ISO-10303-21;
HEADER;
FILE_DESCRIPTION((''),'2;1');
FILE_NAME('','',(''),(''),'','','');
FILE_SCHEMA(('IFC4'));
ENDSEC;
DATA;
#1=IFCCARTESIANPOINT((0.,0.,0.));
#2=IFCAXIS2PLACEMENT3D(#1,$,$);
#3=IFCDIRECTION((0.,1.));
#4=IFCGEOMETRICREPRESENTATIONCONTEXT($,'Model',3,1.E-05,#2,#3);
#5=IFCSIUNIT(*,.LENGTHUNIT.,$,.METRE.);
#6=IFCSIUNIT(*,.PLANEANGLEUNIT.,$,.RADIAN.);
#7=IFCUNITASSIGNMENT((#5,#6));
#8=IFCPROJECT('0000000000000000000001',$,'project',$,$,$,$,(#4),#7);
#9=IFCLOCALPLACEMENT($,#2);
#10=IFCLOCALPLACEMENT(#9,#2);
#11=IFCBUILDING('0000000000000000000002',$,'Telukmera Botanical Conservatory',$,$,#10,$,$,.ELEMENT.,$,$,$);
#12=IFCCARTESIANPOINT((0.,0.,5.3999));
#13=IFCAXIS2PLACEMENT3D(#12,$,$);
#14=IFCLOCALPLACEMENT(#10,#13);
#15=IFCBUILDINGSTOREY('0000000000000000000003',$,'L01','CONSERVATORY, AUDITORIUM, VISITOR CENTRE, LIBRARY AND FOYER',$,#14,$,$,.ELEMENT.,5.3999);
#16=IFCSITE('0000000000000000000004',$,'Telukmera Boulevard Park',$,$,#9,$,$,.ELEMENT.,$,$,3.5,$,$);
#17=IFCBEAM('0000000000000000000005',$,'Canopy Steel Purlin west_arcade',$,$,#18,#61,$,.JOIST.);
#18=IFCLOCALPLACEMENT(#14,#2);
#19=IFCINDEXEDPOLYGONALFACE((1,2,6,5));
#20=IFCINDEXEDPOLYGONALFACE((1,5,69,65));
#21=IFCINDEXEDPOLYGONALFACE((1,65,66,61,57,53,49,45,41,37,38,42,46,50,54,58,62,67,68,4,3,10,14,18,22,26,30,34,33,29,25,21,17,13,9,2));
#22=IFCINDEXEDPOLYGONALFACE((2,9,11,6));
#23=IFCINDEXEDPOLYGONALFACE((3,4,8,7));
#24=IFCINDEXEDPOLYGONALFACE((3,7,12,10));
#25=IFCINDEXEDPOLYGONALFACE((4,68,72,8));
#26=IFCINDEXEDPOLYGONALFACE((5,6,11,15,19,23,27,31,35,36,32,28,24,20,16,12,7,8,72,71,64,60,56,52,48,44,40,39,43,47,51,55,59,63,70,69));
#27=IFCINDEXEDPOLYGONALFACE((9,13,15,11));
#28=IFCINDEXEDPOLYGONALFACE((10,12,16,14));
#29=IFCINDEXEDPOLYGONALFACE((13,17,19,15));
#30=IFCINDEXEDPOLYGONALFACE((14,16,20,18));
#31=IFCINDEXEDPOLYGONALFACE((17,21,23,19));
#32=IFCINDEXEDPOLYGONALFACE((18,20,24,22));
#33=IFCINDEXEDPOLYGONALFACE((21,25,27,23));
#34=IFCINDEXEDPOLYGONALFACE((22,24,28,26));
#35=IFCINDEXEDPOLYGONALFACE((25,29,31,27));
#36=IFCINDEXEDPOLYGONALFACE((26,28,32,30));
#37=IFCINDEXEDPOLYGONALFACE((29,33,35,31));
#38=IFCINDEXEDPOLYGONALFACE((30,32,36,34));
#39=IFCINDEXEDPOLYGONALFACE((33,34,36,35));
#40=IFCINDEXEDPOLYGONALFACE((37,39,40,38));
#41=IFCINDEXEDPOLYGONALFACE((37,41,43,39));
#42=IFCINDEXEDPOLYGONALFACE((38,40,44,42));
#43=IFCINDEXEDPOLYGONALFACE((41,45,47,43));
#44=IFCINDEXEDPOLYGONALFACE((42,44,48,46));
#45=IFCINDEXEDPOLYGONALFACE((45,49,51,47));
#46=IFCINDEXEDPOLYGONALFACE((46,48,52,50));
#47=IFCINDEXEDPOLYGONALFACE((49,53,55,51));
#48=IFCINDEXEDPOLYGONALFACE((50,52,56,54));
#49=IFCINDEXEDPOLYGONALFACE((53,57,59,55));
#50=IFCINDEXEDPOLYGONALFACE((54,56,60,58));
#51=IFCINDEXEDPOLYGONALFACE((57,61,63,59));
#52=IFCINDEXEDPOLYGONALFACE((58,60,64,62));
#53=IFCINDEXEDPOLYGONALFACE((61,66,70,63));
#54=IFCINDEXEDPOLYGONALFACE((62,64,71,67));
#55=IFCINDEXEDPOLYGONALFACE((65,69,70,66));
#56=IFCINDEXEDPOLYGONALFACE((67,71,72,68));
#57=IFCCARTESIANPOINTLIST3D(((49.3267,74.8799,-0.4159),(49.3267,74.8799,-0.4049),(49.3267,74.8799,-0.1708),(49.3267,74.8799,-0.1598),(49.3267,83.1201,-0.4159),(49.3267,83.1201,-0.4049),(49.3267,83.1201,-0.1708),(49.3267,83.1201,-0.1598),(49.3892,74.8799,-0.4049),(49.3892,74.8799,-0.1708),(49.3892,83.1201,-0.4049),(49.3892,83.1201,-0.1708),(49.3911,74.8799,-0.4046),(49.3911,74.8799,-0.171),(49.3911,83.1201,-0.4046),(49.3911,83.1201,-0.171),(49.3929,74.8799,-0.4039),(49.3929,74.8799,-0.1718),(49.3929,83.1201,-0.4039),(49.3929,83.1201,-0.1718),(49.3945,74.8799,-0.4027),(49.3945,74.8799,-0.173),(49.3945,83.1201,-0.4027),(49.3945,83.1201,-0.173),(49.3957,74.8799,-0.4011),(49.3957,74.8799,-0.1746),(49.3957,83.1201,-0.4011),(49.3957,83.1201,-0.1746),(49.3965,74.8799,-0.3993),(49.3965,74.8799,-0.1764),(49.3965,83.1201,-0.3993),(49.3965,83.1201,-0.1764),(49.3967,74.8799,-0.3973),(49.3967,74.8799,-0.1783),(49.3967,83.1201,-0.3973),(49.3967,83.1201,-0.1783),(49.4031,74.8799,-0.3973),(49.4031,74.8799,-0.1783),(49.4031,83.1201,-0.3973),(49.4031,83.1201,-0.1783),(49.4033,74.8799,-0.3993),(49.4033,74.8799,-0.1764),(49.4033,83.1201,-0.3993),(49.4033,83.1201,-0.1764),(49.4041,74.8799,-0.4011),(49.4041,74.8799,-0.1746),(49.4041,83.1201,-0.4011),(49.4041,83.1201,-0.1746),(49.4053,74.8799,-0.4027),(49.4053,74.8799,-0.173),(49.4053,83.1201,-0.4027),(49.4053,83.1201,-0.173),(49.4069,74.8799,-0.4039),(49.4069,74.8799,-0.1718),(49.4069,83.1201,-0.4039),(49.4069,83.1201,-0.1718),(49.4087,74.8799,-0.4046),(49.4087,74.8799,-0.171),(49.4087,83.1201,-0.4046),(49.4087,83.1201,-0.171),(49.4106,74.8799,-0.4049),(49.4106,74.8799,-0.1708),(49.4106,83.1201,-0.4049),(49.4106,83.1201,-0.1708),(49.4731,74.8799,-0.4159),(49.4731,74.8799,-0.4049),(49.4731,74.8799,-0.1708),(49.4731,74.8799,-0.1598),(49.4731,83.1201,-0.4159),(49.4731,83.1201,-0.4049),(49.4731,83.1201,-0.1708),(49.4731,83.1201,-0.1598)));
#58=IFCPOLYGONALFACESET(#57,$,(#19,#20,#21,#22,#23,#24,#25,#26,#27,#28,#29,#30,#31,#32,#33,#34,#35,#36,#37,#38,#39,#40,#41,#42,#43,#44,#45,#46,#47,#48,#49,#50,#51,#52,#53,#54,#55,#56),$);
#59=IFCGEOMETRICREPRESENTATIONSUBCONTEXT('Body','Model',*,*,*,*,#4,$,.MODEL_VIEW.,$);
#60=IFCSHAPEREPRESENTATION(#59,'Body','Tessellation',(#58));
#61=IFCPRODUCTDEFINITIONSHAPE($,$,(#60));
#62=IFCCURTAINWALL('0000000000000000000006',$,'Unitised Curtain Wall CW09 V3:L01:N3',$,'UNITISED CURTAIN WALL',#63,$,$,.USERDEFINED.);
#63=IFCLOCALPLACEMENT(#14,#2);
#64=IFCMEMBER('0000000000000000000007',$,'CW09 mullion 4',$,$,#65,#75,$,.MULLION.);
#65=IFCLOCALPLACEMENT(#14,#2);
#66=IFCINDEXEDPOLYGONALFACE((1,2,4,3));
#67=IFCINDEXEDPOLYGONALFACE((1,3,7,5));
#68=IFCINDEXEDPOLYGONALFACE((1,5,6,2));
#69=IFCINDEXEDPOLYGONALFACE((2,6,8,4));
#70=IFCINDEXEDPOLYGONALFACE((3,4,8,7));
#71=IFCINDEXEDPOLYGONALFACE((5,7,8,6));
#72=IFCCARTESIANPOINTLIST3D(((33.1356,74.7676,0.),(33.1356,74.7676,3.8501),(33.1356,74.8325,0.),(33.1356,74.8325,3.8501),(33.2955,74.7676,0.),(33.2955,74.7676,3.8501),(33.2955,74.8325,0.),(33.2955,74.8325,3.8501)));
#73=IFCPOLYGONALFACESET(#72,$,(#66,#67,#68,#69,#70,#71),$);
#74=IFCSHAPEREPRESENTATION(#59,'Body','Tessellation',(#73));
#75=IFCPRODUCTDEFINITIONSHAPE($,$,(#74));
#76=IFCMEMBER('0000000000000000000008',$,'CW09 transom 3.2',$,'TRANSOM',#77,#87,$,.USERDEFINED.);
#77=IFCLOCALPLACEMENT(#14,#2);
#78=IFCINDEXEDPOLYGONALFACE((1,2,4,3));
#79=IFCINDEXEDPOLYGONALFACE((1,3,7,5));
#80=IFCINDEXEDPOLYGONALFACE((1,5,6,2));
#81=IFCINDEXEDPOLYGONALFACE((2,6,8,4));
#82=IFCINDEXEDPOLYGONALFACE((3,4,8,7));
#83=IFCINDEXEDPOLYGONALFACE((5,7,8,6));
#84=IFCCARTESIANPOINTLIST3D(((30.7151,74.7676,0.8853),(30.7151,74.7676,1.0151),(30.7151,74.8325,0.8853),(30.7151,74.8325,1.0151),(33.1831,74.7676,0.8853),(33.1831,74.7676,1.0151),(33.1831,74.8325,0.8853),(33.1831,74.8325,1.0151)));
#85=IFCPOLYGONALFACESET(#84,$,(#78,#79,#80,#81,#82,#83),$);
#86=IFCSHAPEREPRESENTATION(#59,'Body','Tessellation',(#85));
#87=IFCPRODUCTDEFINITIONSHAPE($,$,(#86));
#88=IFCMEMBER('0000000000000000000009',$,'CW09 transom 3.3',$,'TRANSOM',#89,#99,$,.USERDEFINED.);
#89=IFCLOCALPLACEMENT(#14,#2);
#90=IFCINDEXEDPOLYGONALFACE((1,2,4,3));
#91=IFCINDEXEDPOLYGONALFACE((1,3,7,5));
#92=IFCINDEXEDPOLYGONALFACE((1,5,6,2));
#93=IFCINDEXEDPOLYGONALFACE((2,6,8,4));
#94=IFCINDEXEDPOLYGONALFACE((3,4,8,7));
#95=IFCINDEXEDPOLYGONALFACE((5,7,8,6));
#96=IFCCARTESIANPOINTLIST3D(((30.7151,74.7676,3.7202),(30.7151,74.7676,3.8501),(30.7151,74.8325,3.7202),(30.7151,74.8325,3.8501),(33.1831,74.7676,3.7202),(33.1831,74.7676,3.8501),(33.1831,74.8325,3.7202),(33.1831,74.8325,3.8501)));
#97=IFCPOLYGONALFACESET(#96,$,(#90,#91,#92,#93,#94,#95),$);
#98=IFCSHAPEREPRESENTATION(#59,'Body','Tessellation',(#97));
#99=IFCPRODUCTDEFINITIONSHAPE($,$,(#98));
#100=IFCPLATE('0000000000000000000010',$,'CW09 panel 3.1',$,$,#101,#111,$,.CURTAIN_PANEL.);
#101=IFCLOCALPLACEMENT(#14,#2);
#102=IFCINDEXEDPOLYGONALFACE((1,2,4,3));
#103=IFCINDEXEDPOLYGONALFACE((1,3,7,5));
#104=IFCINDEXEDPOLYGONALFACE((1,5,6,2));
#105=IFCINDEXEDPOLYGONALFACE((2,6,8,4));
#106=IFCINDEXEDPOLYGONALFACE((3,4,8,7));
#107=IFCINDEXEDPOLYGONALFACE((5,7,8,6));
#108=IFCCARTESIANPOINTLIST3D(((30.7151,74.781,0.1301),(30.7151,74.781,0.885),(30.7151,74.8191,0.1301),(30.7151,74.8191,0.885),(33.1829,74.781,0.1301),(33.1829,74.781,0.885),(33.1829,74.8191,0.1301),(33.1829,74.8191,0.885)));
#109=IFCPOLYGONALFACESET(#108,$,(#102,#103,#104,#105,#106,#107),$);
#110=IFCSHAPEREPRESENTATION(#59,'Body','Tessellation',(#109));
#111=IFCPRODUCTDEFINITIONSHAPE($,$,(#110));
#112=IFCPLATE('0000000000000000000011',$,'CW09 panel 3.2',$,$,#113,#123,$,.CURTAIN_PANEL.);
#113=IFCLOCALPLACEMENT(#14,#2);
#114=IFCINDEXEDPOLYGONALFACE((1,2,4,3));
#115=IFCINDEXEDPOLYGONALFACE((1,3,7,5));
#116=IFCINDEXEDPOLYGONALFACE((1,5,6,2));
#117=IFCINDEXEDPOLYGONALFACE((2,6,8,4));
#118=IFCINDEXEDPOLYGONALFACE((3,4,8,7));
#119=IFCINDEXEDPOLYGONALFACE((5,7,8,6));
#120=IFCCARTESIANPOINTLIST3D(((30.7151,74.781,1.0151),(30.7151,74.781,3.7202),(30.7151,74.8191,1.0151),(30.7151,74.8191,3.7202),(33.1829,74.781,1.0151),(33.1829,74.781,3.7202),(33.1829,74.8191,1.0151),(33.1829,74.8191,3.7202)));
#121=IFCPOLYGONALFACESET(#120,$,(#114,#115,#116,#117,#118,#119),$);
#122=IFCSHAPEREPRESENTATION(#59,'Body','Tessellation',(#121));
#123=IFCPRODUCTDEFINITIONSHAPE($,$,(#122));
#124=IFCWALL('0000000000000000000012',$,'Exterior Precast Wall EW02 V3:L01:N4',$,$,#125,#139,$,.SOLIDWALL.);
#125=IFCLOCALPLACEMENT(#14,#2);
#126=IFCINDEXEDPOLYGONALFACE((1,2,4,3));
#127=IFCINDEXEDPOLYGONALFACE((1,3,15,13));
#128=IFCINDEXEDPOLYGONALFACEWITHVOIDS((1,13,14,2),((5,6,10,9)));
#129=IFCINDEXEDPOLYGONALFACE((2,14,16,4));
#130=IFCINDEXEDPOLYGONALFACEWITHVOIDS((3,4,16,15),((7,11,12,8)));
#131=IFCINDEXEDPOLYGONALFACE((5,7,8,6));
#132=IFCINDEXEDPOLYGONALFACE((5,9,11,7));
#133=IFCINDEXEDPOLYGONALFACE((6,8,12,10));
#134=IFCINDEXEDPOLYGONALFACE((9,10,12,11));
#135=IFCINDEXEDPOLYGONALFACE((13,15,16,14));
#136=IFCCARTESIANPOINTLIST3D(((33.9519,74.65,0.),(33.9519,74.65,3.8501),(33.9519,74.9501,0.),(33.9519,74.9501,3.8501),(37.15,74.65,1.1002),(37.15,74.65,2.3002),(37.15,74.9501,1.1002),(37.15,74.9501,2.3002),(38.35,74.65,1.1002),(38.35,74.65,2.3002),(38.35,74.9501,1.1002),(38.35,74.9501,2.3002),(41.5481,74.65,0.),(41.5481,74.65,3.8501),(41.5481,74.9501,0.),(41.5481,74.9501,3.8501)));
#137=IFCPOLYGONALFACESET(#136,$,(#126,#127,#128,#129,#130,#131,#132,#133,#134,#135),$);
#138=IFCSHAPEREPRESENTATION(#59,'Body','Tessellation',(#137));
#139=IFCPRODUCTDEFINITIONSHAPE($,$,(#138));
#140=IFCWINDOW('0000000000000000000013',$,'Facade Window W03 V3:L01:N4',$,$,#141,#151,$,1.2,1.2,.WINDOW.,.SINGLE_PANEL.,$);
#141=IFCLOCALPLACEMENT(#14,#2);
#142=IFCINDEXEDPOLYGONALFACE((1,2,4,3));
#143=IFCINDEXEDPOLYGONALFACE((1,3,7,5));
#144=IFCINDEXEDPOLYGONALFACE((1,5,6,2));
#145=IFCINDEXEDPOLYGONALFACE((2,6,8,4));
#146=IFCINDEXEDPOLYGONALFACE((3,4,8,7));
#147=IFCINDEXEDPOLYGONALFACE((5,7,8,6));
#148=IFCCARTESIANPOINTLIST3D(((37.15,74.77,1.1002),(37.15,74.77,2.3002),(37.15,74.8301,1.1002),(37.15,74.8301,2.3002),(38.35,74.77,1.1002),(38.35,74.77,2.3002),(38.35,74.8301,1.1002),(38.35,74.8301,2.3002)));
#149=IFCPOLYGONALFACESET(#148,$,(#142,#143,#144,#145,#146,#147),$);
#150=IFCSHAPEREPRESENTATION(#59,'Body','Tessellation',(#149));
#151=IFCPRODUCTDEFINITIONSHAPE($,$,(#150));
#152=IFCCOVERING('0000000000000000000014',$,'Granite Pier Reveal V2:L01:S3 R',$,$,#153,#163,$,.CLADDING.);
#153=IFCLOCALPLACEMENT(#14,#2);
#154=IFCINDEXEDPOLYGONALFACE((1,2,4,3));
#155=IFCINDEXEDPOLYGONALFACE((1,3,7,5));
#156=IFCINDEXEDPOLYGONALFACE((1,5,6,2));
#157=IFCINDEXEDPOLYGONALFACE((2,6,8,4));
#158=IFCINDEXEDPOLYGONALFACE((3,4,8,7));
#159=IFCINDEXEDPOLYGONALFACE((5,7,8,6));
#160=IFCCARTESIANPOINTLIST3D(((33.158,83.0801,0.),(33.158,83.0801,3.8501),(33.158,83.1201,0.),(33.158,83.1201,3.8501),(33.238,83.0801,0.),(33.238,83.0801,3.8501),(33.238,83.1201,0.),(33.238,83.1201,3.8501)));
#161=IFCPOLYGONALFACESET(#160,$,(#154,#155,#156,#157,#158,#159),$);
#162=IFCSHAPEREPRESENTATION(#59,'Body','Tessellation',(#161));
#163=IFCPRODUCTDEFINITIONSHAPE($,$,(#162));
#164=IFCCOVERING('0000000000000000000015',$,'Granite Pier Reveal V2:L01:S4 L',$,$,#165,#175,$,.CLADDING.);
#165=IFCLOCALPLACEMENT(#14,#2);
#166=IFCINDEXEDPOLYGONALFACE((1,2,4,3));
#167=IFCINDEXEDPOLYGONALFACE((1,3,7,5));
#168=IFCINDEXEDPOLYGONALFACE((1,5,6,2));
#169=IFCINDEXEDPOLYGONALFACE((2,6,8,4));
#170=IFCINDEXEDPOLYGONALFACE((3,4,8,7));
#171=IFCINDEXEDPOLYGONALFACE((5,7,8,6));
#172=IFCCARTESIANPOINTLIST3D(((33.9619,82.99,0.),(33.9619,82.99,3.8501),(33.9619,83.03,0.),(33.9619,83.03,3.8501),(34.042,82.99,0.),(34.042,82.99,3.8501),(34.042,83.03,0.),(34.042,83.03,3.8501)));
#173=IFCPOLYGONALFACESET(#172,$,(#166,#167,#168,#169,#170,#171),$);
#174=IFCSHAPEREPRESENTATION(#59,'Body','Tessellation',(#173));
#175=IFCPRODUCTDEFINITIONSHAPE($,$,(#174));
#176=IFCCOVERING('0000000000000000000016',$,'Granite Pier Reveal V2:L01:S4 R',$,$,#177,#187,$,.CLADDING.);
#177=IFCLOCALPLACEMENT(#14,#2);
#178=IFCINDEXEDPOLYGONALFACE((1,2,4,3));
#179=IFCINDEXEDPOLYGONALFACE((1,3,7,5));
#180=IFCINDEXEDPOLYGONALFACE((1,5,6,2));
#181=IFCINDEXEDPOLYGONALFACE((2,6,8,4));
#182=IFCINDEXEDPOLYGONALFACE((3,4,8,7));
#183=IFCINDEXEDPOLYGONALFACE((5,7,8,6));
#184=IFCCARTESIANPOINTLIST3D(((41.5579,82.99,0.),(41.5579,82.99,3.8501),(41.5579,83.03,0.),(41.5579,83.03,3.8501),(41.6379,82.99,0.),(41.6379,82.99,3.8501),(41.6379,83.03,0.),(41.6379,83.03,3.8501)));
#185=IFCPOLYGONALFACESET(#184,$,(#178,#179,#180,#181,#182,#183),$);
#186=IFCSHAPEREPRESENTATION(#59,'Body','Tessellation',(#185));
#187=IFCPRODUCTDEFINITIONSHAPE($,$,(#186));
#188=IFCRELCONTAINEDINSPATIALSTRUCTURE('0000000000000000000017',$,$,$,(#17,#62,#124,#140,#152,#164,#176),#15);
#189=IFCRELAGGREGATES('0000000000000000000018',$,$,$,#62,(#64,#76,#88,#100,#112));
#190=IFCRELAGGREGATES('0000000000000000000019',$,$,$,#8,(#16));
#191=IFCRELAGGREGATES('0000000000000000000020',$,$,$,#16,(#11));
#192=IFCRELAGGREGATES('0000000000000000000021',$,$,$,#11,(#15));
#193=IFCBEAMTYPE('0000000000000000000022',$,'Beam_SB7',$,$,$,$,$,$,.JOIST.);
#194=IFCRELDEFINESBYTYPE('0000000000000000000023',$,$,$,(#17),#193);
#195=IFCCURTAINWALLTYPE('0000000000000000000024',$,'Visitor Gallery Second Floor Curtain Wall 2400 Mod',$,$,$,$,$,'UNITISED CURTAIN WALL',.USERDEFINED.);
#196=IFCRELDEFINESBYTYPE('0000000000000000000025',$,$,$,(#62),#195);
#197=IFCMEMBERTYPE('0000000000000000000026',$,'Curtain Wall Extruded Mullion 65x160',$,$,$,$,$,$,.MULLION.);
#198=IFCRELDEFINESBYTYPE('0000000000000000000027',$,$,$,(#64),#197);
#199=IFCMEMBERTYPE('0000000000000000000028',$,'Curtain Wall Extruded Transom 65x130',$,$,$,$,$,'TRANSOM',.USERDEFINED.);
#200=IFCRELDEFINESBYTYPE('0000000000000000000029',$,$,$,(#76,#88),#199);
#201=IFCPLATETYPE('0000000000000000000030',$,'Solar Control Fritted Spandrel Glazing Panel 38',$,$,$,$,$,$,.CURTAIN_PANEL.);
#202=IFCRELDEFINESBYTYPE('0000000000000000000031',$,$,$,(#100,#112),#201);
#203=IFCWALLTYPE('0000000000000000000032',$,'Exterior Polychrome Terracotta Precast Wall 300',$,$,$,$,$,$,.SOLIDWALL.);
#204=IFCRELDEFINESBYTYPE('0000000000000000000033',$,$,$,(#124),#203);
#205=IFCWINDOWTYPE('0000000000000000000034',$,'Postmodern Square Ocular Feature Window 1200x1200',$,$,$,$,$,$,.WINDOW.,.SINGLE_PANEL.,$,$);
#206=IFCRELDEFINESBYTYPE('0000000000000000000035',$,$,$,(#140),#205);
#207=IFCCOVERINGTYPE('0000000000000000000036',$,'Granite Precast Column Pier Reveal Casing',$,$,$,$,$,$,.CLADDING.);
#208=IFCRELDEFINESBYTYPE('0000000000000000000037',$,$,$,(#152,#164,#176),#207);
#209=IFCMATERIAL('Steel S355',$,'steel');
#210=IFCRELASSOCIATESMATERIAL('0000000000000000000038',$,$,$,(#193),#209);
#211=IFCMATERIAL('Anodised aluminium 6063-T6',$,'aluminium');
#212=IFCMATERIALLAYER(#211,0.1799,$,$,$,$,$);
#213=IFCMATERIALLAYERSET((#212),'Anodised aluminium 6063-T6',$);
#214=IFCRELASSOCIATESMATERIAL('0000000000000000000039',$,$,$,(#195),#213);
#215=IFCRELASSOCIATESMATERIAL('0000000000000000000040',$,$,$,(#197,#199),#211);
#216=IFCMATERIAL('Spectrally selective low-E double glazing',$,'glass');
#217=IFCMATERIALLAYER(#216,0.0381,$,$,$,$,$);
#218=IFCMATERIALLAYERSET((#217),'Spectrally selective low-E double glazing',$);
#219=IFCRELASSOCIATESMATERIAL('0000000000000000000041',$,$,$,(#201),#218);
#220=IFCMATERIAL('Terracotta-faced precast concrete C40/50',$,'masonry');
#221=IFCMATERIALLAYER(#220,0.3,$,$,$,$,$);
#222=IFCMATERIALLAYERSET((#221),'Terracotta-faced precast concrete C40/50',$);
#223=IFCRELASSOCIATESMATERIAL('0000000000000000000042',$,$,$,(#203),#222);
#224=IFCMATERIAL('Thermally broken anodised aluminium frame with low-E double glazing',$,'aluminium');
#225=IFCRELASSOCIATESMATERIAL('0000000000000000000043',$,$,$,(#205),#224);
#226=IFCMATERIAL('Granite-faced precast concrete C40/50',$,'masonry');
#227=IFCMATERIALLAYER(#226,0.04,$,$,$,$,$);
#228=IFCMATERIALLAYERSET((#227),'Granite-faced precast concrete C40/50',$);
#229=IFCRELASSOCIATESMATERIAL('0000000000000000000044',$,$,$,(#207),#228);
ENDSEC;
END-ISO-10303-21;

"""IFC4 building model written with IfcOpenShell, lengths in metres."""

from ifc_helpers import new_model, si_unit, direction, frame, frame_2d, origin, origin_2d, place, context, subcontext, project, spatial, rectangle, i_section, extrude, material, layer, layer_set, material_profile, profile_set, type_object, element, fill, aggregate, save


model = new_model("IFC4")

# Units and contexts
model_context = context("Model", 3, precision=1e-05, world=origin(), true_north=direction((0.0, 1.0)))
body_context = subcontext(model_context, "Body", "Model", "MODEL_VIEW")
ifc_project = project(units=[si_unit("LENGTHUNIT", "METRE"), si_unit("PLANEANGLEUNIT", "RADIAN")], contexts=[model_context])

# Site, building, storey
site_placement = place(None, origin())
site = spatial("IfcSite", under=ifc_project, at=site_placement, Name="Telukmera Boulevard Park", CompositionType="ELEMENT", RefElevation=3.5)
building_placement = place(site_placement, origin())
building = spatial("IfcBuilding", under=site, at=building_placement, Name="Telukmera Botanical Conservatory", CompositionType="ELEMENT")
storey_placement = place(building_placement, frame((0.0, 0.0, 5.3999)))
storey = spatial("IfcBuildingStorey", under=building, at=storey_placement, Name="L01", Description="CONSERVATORY, AUDITORIUM, VISITOR CENTRE, LIBRARY AND FOYER", CompositionType="ELEMENT", Elevation=5.3999)

# Beam
ifc_material_1 = material(Name="Steel S355", Category="steel")
ifc_material_profile_1 = material_profile(ifc_material_1, i_section(OverallWidth=0.1465, OverallDepth=0.2561, WebThickness=0.0063, FlangeThickness=0.011, FilletRadius=0.0076, at=origin_2d()), Name="UB 254x146x37")
ifc_profile_set_1 = profile_set([ifc_material_profile_1], Name="Steel S355")
beam_type_1 = type_object("IfcBeamType", Name="Beam_SB7", PredefinedType="JOIST", material=ifc_profile_set_1)
for number, where, z_axis, x_axis, name in (
    (1, (49.3999, 74.8799, -0.2878), (0.0, 1.0, 0.0), (-1.0, 0.0, 0.0), "Canopy Steel Purlin west_arcade"),
):
    element("IfcBeam", number, at=place(storey_placement, frame(where, z_axis=z_axis, x_axis=x_axis)), inside=storey, type_object=beam_type_1, Name=name, PredefinedType="JOIST", context=body_context, shape_type="SweptSolid", body=[
        extrude(i_section(OverallWidth=0.1465, OverallDepth=0.2561, WebThickness=0.0063, FlangeThickness=0.011, FilletRadius=0.0076, at=origin_2d()), origin(), (0.0, 0.0, 1.0), 8.2402),
    ])

# Curtain wall, members, plates
ifc_material_2 = material(Name="Anodised aluminium 6063-T6", Category="aluminium")
ifc_layer_1 = layer(ifc_material_2, 0.1799)
ifc_layer_set_1 = layer_set([ifc_layer_1], Name="Anodised aluminium 6063-T6")
curtain_wall_type = type_object("IfcCurtainWallType", Name="Visitor Gallery Second Floor Curtain Wall 2400 Mod", ElementType="UNITISED CURTAIN WALL", PredefinedType="USERDEFINED", material=ifc_layer_set_1)
curtain_wall_placement = place(storey_placement, origin())
curtain_wall = element("IfcCurtainWall", 2, at=curtain_wall_placement, inside=storey, type_object=curtain_wall_type, Name="Unitised Curtain Wall CW09 V3:L01:N3", ObjectType="UNITISED CURTAIN WALL", PredefinedType="USERDEFINED")
ifc_material_profile_2 = material_profile(ifc_material_2, rectangle(XDim=0.0649, YDim=0.1599, at=origin_2d()), Name="ALU MULL 65x160")
ifc_profile_set_2 = profile_set([ifc_material_profile_2], Name="Anodised aluminium 6063-T6")
member_type_1 = type_object("IfcMemberType", Name="Curtain Wall Extruded Mullion 65x160", PredefinedType="MULLION", material=ifc_profile_set_2)
member_1_placement = place(storey_placement, frame((33.2156, 74.8, 0.0), z_axis=(0.0, 0.0, 1.0), x_axis=(0.0, 1.0, 0.0)))
member_1 = element("IfcMember", 3, at=member_1_placement, type_object=member_type_1, Name="CW09 mullion 4", PredefinedType="MULLION", context=body_context, shape_type="SweptSolid", body=[
    extrude(rectangle(XDim=0.0649, YDim=0.1599, at=origin_2d()), origin(), (0.0, 0.0, 1.0), 3.8501),
])
ifc_material_profile_3 = material_profile(ifc_material_2, rectangle(XDim=0.0649, YDim=0.1299, at=origin_2d()), Name="ALU TRAN 65x130")
ifc_profile_set_3 = profile_set([ifc_material_profile_3], Name="Anodised aluminium 6063-T6")
member_type_2 = type_object("IfcMemberType", Name="Curtain Wall Extruded Transom 65x130", ElementType="TRANSOM", PredefinedType="USERDEFINED", material=ifc_profile_set_3)
member_2_placement = place(storey_placement, frame((30.7151, 74.8, 0.9502), z_axis=(1.0, 0.0, 0.0), x_axis=(0.0, 1.0, 0.0)))
member_2 = element("IfcMember", 4, at=member_2_placement, type_object=member_type_2, Name="CW09 transom 3.2", ObjectType="TRANSOM", PredefinedType="USERDEFINED", context=body_context, shape_type="SweptSolid", body=[
    extrude(rectangle(XDim=0.0649, YDim=0.1299, at=origin_2d()), origin(), (0.0, 0.0, 1.0), 2.468),
])
member_3_placement = place(storey_placement, frame((30.7151, 74.8, 3.7852), z_axis=(1.0, 0.0, 0.0), x_axis=(0.0, 1.0, 0.0)))
member_3 = element("IfcMember", 5, at=member_3_placement, type_object=member_type_2, Name="CW09 transom 3.3", ObjectType="TRANSOM", PredefinedType="USERDEFINED", context=body_context, shape_type="SweptSolid", body=[
    extrude(rectangle(XDim=0.0649, YDim=0.1299, at=origin_2d()), origin(), (0.0, 0.0, 1.0), 2.468),
])
ifc_material_3 = material(Name="Spectrally selective low-E double glazing", Category="glass")
ifc_layer_2 = layer(ifc_material_3, 0.0381)
ifc_layer_set_2 = layer_set([ifc_layer_2], Name="Spectrally selective low-E double glazing")
plate_type = type_object("IfcPlateType", Name="Solar Control Fritted Spandrel Glazing Panel 38", PredefinedType="CURTAIN_PANEL", material=ifc_layer_set_2)
plate_1_placement = place(storey_placement, frame((31.949, 74.8, 0.1301), z_axis=(0.0, 0.0, 1.0), x_axis=(1.0, 0.0, 0.0)))
plate_1 = element("IfcPlate", 6, at=plate_1_placement, type_object=plate_type, Name="CW09 panel 3.1", PredefinedType="CURTAIN_PANEL", context=body_context, shape_type="SweptSolid", body=[
    extrude(rectangle(XDim=2.4678, YDim=0.0381, at=origin_2d()), origin(), (0.0, 0.0, 1.0), 0.7549),
])
plate_2_placement = place(storey_placement, frame((31.949, 74.8, 1.0151), z_axis=(0.0, 0.0, 1.0), x_axis=(1.0, 0.0, 0.0)))
plate_2 = element("IfcPlate", 7, at=plate_2_placement, type_object=plate_type, Name="CW09 panel 3.2", PredefinedType="CURTAIN_PANEL", context=body_context, shape_type="SweptSolid", body=[
    extrude(rectangle(XDim=2.4678, YDim=0.0381, at=origin_2d()), origin(), (0.0, 0.0, 1.0), 2.7051),
])
aggregate(curtain_wall, [member_1, member_2, member_3, plate_1, plate_2])

# Wall, opening, window
ifc_material_4 = material(Name="Terracotta-faced precast concrete C40/50", Category="masonry")
ifc_layer_3 = layer(ifc_material_4, 0.3)
ifc_layer_set_3 = layer_set([ifc_layer_3], Name="Terracotta-faced precast concrete C40/50")
wall_type = type_object("IfcWallType", Name="Exterior Polychrome Terracotta Precast Wall 300", PredefinedType="SOLIDWALL", material=ifc_layer_set_3)
wall_placement = place(storey_placement, frame((33.9519, 74.8, 0.0), z_axis=(0.0, 0.0, 1.0), x_axis=(1.0, 0.0, 0.0)))
wall = element("IfcWall", 8, at=wall_placement, inside=storey, type_object=wall_type, Name="Exterior Precast Wall EW02 V3:L01:N4", PredefinedType="SOLIDWALL", context=body_context, shape_type="SweptSolid", body=[
    extrude(rectangle(XDim=7.5962, YDim=0.3, at=frame_2d((3.7981, 0.0))), origin(), (0.0, 0.0, 1.0), 3.8501),
])
opening_placement = place(wall_placement, frame((3.198, 0.0, 1.1001)))
opening = element("IfcOpeningElement", 9, at=opening_placement, cuts=wall, PredefinedType="OPENING", context=body_context, shape_type="SweptSolid", body=[
    extrude(rectangle(XDim=1.2, YDim=1.2, at=frame_2d((0.6001, 0.6001))), frame((0.0, 0.1599, 0.0), z_axis=(0.0, -1.0, 0.0), x_axis=(1.0, 0.0, 0.0)), (0.0, 0.0, 1.0), 0.3201),
])
ifc_material_5 = material(Name="Thermally broken anodised aluminium frame with low-E double glazing", Category="aluminium")
window_type = type_object("IfcWindowType", Name="Postmodern Square Ocular Feature Window 1200x1200", PartitioningType="SINGLE_PANEL", PredefinedType="WINDOW", material=ifc_material_5)
window_placement = place(opening_placement, origin())
window = element("IfcWindow", 10, at=window_placement, inside=storey, type_object=window_type, Name="Facade Window W03 V3:L01:N4", OverallHeight=1.2, OverallWidth=1.2, PartitioningType="SINGLE_PANEL", PredefinedType="WINDOW", context=body_context, shape_type="SweptSolid", body=[
    extrude(rectangle(XDim=1.2, YDim=1.2, at=frame_2d((0.6001, 0.6001))), frame((0.0, 0.03, 0.0), z_axis=(0.0, -1.0, 0.0), x_axis=(1.0, 0.0, 0.0)), (0.0, 0.0, 1.0), 0.0601),
])
fill(opening, window)

# Coverings
ifc_material_6 = material(Name="Granite-faced precast concrete C40/50", Category="masonry")
ifc_layer_4 = layer(ifc_material_6, 0.04)
ifc_layer_set_4 = layer_set([ifc_layer_4], Name="Granite-faced precast concrete C40/50")
covering_type_1 = type_object("IfcCoveringType", Name="Granite Precast Column Pier Reveal Casing", PredefinedType="CLADDING", material=ifc_layer_set_4)
for number, where, z_axis, x_axis, name in (
    (11, (33.198, 83.1001, 0.0), (0.0, 0.0, 1.0), (1.0, 0.0, 0.0), "Granite Pier Reveal V2:L01:S3 R"),
    (12, (34.002, 83.01, 0.0), (0.0, 0.0, 1.0), (1.0, 0.0, 0.0), "Granite Pier Reveal V2:L01:S4 L"),
    (13, (41.5979, 83.01, 0.0), (0.0, 0.0, 1.0), (1.0, 0.0, 0.0), "Granite Pier Reveal V2:L01:S4 R"),
):
    element("IfcCovering", number, at=place(storey_placement, frame(where, z_axis=z_axis, x_axis=x_axis)), inside=storey, type_object=covering_type_1, Name=name, PredefinedType="CLADDING", context=body_context, shape_type="SweptSolid", body=[
        extrude(rectangle(XDim=0.0801, YDim=0.04, at=origin_2d()), origin(), (0.0, 0.0, 1.0), 3.8501),
    ])

save(model, "model.ifc")
